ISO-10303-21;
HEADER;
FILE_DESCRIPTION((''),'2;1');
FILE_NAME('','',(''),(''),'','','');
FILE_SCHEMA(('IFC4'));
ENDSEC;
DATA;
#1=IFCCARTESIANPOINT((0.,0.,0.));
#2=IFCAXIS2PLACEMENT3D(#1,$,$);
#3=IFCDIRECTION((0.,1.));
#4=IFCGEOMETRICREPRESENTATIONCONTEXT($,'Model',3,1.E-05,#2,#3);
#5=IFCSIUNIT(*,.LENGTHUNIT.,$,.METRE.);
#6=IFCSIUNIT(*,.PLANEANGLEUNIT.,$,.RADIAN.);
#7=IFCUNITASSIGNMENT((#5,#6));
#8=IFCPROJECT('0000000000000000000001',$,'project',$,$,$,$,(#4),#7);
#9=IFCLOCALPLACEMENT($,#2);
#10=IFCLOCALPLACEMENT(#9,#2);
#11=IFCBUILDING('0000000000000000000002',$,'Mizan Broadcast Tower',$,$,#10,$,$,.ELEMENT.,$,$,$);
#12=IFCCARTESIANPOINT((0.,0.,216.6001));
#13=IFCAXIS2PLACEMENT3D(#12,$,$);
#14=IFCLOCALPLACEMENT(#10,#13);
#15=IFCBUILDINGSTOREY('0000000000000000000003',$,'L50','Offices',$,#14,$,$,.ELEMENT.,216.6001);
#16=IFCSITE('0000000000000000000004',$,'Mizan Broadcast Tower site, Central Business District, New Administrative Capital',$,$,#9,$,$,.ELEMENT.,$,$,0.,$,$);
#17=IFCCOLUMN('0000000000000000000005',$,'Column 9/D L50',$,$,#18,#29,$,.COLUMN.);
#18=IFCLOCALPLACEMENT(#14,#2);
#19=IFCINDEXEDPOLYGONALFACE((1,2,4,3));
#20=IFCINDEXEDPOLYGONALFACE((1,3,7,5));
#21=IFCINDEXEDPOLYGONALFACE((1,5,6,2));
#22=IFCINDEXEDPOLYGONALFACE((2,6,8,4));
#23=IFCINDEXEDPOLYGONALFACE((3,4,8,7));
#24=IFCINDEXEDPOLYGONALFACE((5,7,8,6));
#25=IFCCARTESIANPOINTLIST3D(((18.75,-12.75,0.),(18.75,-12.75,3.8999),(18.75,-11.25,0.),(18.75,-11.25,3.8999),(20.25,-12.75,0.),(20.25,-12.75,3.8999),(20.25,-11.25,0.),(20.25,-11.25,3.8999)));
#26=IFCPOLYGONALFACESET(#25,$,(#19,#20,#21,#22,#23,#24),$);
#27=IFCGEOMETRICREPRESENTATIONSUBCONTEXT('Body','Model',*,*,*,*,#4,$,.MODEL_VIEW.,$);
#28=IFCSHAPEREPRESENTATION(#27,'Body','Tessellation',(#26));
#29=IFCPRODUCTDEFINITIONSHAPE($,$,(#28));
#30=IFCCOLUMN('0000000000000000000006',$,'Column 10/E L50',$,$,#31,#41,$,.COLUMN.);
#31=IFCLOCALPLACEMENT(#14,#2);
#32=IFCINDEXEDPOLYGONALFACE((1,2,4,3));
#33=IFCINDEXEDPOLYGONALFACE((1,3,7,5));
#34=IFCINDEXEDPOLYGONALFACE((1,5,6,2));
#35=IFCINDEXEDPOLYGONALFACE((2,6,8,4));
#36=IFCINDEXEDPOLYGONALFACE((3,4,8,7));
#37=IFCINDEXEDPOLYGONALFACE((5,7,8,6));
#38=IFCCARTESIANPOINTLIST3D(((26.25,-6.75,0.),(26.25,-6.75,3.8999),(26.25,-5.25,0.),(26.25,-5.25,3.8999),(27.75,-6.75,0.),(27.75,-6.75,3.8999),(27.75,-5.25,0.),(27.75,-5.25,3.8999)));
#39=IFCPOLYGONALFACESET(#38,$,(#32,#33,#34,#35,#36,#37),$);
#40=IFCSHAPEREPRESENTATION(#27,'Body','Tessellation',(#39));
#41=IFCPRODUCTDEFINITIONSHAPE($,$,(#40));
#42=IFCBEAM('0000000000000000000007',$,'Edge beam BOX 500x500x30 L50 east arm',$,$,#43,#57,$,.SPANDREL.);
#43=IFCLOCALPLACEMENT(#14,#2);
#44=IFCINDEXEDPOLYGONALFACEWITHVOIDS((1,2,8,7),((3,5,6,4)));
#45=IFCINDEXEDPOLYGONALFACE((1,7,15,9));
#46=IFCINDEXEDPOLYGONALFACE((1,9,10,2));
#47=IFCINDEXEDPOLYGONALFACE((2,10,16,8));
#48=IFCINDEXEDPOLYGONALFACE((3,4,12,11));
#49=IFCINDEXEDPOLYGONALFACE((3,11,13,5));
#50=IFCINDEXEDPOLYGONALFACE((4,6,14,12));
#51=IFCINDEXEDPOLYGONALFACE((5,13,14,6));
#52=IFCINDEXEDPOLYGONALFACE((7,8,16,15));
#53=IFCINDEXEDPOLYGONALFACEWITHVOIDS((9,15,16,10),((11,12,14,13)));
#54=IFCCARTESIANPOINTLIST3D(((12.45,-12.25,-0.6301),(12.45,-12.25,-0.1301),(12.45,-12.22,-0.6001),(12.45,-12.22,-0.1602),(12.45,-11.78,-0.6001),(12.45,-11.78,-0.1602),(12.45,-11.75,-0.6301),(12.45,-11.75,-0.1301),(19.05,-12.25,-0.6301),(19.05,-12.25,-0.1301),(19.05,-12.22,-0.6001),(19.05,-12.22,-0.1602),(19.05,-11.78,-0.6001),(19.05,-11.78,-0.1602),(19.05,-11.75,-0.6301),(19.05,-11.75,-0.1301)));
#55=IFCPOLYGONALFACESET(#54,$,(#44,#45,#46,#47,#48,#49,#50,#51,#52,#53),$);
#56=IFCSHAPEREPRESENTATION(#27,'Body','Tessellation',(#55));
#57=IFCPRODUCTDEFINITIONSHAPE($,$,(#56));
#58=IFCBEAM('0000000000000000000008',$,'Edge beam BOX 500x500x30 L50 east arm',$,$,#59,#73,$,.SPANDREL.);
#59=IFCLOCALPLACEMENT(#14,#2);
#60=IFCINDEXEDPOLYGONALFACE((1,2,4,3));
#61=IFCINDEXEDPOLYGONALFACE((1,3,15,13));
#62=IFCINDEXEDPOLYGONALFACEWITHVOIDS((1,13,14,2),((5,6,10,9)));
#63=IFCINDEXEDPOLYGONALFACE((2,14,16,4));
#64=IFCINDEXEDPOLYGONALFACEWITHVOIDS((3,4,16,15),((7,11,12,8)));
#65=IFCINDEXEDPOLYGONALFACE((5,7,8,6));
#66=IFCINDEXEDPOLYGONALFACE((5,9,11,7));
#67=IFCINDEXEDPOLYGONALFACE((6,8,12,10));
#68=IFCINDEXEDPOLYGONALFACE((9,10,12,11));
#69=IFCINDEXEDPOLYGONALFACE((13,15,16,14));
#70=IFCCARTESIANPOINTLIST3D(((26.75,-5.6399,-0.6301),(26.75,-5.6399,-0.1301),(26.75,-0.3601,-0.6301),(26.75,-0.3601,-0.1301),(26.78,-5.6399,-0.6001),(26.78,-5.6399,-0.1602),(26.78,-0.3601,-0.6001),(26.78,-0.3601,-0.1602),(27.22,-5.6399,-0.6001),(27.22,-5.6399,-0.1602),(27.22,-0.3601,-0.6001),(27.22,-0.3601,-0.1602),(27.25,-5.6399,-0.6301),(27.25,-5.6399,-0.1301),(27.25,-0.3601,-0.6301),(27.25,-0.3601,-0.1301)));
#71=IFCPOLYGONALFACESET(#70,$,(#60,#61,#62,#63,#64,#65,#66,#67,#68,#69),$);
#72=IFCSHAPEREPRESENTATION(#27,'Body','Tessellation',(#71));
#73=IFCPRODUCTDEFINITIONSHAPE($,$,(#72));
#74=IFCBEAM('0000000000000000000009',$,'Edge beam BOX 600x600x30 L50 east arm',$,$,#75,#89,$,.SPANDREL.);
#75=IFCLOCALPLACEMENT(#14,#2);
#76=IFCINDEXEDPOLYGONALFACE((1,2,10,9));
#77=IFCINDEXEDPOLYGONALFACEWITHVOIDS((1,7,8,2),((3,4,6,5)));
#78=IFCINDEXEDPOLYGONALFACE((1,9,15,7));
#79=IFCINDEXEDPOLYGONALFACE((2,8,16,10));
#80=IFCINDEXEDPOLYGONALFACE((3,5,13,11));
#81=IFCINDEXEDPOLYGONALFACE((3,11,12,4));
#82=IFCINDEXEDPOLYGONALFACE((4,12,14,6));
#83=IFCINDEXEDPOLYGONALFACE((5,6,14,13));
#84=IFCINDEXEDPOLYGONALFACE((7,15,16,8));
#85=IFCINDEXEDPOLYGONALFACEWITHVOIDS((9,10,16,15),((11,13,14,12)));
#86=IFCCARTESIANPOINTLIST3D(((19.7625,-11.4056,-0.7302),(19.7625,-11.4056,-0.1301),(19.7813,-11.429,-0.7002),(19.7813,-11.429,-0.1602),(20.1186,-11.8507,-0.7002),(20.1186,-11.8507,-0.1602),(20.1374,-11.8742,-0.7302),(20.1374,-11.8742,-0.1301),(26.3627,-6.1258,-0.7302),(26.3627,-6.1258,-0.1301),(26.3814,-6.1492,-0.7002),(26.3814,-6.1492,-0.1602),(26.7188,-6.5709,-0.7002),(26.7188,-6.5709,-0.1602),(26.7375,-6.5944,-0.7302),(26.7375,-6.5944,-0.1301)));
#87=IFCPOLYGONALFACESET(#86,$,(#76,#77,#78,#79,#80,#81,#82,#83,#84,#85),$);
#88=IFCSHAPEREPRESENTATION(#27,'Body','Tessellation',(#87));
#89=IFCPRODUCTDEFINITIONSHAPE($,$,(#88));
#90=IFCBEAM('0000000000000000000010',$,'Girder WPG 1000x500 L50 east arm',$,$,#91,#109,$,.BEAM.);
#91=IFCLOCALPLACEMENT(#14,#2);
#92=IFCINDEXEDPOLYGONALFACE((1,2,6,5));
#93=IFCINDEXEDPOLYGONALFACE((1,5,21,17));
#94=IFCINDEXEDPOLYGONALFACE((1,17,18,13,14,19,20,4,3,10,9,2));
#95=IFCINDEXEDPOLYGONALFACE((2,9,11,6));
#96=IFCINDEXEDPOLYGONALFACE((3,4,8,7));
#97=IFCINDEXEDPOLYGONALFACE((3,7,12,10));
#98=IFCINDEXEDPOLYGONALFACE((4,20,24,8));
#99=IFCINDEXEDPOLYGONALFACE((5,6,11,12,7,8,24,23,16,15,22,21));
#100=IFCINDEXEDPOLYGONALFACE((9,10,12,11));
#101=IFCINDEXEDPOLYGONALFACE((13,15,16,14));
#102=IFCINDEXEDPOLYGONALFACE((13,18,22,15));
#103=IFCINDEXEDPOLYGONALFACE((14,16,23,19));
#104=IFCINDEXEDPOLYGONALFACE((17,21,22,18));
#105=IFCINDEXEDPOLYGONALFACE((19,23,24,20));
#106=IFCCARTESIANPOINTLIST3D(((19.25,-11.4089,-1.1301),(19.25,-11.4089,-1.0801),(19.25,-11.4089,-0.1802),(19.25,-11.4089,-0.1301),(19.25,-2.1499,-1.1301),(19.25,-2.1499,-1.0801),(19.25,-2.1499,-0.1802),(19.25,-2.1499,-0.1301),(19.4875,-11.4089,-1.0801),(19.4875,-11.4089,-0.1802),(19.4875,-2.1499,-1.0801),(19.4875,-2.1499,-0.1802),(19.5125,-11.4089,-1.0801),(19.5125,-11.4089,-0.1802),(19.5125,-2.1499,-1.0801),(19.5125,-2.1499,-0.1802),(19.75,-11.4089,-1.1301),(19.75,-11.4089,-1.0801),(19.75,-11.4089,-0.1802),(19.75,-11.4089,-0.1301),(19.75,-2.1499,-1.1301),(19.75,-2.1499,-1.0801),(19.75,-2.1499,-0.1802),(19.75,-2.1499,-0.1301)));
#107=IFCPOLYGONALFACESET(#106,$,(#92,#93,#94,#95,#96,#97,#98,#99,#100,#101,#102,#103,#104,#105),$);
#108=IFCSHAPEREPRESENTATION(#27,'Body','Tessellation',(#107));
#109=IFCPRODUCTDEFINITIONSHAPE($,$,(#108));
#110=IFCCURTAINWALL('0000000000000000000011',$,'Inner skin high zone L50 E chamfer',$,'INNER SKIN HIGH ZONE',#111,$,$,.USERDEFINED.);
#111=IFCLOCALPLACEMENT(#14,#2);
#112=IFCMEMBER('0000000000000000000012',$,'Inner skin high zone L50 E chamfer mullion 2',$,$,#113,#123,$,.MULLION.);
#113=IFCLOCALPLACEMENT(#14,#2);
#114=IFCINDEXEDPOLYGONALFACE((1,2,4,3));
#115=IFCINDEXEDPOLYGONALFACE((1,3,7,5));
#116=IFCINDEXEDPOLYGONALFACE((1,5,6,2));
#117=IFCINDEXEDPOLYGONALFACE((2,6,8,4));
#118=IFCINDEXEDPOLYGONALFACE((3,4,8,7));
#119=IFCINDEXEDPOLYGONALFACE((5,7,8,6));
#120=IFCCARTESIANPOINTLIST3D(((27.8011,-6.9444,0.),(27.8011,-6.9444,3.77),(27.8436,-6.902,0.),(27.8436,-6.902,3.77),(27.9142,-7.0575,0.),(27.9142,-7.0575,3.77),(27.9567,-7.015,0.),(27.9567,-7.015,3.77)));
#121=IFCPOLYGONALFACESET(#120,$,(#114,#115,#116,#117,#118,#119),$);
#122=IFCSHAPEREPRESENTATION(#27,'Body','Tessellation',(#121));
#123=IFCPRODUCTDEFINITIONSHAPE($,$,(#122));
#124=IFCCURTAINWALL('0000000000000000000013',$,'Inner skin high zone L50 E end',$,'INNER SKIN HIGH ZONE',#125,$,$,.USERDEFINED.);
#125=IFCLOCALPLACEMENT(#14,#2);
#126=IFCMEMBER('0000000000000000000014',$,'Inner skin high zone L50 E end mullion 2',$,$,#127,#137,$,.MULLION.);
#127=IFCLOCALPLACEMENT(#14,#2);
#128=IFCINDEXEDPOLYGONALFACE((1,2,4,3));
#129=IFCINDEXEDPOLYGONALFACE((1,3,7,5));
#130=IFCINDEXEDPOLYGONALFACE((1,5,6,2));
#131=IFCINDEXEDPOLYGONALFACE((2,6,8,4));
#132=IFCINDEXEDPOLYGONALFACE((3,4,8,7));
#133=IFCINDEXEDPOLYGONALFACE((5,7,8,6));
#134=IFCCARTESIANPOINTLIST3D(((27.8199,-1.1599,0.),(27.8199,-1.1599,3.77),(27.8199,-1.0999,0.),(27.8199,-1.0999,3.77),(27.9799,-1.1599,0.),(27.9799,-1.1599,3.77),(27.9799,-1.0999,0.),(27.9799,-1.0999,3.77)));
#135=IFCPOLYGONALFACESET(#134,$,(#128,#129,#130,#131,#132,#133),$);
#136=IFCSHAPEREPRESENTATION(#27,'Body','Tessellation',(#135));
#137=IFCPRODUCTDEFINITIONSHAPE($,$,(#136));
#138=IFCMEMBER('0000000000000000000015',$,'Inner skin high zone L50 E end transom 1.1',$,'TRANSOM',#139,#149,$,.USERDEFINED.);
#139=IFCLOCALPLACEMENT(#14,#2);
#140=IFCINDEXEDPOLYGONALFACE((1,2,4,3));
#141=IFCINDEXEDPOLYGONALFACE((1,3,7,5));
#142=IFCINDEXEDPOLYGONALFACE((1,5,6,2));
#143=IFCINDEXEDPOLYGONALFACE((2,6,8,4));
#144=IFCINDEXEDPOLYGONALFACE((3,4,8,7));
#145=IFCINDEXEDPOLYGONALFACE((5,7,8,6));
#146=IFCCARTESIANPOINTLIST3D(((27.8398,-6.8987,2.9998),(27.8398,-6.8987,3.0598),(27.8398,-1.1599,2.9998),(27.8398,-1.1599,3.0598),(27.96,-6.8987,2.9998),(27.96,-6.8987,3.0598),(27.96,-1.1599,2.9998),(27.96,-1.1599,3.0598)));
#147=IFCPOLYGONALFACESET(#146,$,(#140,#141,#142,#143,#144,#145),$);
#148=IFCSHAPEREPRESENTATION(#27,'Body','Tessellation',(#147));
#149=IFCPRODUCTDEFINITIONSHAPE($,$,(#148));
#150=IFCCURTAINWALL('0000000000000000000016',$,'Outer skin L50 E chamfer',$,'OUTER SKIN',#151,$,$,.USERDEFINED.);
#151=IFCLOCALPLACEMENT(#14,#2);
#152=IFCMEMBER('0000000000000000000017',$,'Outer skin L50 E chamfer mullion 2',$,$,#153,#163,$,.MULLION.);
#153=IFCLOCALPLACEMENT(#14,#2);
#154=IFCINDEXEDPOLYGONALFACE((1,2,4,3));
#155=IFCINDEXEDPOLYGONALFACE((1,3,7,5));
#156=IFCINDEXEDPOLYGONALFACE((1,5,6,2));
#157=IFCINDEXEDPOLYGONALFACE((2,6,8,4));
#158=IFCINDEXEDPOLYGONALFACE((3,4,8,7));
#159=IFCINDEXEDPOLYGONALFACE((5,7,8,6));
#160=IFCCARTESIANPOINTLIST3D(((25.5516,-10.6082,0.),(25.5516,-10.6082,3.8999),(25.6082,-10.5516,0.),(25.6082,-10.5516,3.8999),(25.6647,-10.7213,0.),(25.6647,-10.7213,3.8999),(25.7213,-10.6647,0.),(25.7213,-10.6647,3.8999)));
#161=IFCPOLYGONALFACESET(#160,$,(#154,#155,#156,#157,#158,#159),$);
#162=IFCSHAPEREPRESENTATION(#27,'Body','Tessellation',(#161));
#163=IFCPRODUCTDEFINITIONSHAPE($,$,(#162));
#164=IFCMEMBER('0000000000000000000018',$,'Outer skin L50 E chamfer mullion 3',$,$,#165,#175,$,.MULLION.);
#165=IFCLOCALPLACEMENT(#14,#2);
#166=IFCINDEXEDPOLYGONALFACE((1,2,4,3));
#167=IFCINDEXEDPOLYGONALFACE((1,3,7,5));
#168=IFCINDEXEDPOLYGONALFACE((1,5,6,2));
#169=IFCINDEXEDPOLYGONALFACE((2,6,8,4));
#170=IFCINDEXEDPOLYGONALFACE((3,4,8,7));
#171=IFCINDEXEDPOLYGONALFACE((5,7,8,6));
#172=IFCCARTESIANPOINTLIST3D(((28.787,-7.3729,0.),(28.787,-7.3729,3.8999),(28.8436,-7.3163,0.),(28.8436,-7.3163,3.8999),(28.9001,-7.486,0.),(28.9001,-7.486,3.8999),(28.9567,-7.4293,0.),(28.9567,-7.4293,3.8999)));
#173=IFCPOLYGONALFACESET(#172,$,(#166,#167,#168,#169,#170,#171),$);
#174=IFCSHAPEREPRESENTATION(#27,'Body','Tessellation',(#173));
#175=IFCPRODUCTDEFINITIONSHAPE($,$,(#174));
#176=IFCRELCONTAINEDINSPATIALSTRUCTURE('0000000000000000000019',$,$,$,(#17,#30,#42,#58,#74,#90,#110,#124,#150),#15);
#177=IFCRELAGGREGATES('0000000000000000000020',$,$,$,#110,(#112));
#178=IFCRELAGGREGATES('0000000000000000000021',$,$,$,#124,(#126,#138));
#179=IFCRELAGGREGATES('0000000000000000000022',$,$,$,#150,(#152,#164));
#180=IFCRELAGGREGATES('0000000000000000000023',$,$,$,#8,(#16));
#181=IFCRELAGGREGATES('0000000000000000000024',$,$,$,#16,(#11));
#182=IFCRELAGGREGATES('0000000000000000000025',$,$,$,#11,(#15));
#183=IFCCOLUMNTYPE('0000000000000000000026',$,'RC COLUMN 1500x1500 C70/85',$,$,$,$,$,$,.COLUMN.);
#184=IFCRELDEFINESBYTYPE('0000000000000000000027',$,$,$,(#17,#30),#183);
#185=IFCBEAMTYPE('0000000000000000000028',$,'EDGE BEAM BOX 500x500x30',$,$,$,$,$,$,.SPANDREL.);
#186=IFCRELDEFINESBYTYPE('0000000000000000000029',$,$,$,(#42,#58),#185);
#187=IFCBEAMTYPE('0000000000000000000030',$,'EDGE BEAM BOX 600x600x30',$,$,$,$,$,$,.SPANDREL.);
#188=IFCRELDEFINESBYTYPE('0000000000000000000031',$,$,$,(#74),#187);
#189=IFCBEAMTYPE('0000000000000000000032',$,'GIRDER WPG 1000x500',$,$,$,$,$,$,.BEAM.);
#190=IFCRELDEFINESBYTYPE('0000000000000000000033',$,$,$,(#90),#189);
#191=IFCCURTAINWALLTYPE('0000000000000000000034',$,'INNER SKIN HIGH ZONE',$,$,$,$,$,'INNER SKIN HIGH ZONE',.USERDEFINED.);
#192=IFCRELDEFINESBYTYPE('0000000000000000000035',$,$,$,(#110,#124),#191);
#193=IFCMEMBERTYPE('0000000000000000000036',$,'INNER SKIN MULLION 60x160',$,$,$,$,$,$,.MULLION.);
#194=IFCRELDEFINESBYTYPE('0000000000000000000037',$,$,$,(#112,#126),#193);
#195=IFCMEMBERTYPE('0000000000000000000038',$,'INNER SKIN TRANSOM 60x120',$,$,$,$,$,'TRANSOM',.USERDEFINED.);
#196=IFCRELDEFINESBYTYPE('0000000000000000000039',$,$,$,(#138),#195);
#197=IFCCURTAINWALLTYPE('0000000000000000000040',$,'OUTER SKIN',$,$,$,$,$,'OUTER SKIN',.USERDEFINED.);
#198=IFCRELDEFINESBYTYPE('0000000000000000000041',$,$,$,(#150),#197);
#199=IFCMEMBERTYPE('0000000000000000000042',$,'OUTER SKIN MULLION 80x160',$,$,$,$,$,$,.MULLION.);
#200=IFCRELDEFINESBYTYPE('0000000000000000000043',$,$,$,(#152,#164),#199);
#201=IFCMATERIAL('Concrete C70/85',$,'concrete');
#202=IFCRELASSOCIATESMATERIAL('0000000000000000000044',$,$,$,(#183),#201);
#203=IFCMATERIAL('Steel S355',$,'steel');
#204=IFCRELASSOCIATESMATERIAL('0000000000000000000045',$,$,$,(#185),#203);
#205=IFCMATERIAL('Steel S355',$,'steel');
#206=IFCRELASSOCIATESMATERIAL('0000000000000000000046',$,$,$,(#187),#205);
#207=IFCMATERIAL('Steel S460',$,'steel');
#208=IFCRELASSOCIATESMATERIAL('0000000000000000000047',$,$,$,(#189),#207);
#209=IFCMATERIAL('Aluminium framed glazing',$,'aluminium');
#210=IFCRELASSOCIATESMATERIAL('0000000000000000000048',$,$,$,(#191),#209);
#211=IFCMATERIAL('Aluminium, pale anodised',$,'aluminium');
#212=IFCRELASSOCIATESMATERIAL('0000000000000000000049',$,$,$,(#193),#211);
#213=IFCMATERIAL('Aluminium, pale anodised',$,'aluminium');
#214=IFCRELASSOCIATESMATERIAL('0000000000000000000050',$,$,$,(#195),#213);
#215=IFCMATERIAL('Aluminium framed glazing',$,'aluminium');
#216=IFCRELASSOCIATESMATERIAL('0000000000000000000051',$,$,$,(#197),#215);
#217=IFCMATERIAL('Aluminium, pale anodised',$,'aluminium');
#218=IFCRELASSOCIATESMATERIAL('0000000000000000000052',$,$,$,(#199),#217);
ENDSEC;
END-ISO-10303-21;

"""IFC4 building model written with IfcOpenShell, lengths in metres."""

from ifc_helpers import new_model, si_unit, direction, frame, origin, origin_2d, place, context, subcontext, project, spatial, rectangle, hollow_rectangle, i_section, extrude, material, material_profile, profile_set, type_object, element, aggregate, save


model = new_model("IFC4")

# Units and contexts
model_context = context("Model", 3, precision=1e-05, world=origin(), true_north=direction((0.0, 1.0)))
body_context = subcontext(model_context, "Body", "Model", "MODEL_VIEW")
ifc_project = project(units=[si_unit("LENGTHUNIT", "METRE"), si_unit("PLANEANGLEUNIT", "RADIAN")], contexts=[model_context])

# Site, building, storey
site_placement = place(None, origin())
site = spatial("IfcSite", under=ifc_project, at=site_placement, Name="Mizan Broadcast Tower site, Central Business District, New Administrative Capital", CompositionType="ELEMENT", RefElevation=0.0)
building_placement = place(site_placement, origin())
building = spatial("IfcBuilding", under=site, at=building_placement, Name="Mizan Broadcast Tower", CompositionType="ELEMENT")
storey_placement = place(building_placement, frame((0.0, 0.0, 216.6001)))
storey = spatial("IfcBuildingStorey", under=building, at=storey_placement, Name="L50", Description="Offices", CompositionType="ELEMENT", Elevation=216.6001)

# Columns
ifc_material_1 = material(Name="Concrete C70/85", Category="concrete")
ifc_material_profile_1 = material_profile(ifc_material_1, rectangle(XDim=1.5, YDim=1.5, at=origin_2d()), Name="RC 1500x1500")
ifc_profile_set_1 = profile_set([ifc_material_profile_1], Name="Concrete C70/85")
column_type = type_object("IfcColumnType", Name="RC COLUMN 1500x1500 C70/85", PredefinedType="COLUMN", material=ifc_profile_set_1)
for number, where, z_axis, x_axis, name in (
    (1, (19.5, -12.0, 0.0), (0.0, 0.0, 1.0), (1.0, 0.0, 0.0), "Column 9/D L50"),
    (2, (27.0, -6.0, 0.0), (0.0, 0.0, 1.0), (1.0, 0.0, 0.0), "Column 10/E L50"),
):
    element("IfcColumn", number, at=place(storey_placement, frame(where, z_axis=z_axis, x_axis=x_axis)), inside=storey, type_object=column_type, Name=name, PredefinedType="COLUMN", context=body_context, shape_type="SweptSolid", body=[
        extrude(rectangle(XDim=1.5, YDim=1.5, at=origin_2d()), origin(), (0.0, 0.0, 1.0), 3.8999),
    ])

# Beams
ifc_material_2 = material(Name="Steel S355", Category="steel")
ifc_material_profile_2 = material_profile(ifc_material_2, hollow_rectangle(XDim=0.5, YDim=0.5, WallThickness=0.03, at=origin_2d()), Name="BOX 500x500x30")
ifc_profile_set_2 = profile_set([ifc_material_profile_2], Name="Steel S355")
beam_type_1 = type_object("IfcBeamType", Name="EDGE BEAM BOX 500x500x30", PredefinedType="SPANDREL", material=ifc_profile_set_2)
beam_1_placement = place(storey_placement, frame((12.45, -12.0, -0.3801), z_axis=(1.0, 0.0, 0.0), x_axis=(0.0, 1.0, 0.0)))
element("IfcBeam", 3, at=beam_1_placement, inside=storey, type_object=beam_type_1, Name="Edge beam BOX 500x500x30 L50 east arm", PredefinedType="SPANDREL", context=body_context, shape_type="SweptSolid", body=[
    extrude(hollow_rectangle(XDim=0.5, YDim=0.5, WallThickness=0.03, at=origin_2d()), origin(), (0.0, 0.0, 1.0), 6.6001),
])
beam_2_placement = place(storey_placement, frame((27.0, -5.6399, -0.3801), z_axis=(0.0, 1.0, 0.0), x_axis=(-1.0, 0.0, 0.0)))
element("IfcBeam", 4, at=beam_2_placement, inside=storey, type_object=beam_type_1, Name="Edge beam BOX 500x500x30 L50 east arm", PredefinedType="SPANDREL", context=body_context, shape_type="SweptSolid", body=[
    extrude(hollow_rectangle(XDim=0.5, YDim=0.5, WallThickness=0.03, at=origin_2d()), origin(), (0.0, 0.0, 1.0), 5.2798),
])
ifc_material_3 = material(Name="Steel S355", Category="steel")
ifc_material_profile_3 = material_profile(ifc_material_3, hollow_rectangle(XDim=0.6001, YDim=0.6001, WallThickness=0.03, at=origin_2d()), Name="BOX 600x600x30")
ifc_profile_set_3 = profile_set([ifc_material_profile_3], Name="Steel S355")
beam_type_2 = type_object("IfcBeamType", Name="EDGE BEAM BOX 600x600x30", PredefinedType="SPANDREL", material=ifc_profile_set_3)
beam_3_placement = place(storey_placement, frame((19.95, -11.6399, -0.4302), z_axis=(0.780886, 0.624674, 0.0), x_axis=(-0.624674, 0.780886, 0.0)))
element("IfcBeam", 5, at=beam_3_placement, inside=storey, type_object=beam_type_2, Name="Edge beam BOX 600x600x30 L50 east arm", PredefinedType="SPANDREL", context=body_context, shape_type="SweptSolid", body=[
    extrude(hollow_rectangle(XDim=0.6001, YDim=0.6001, WallThickness=0.03, at=origin_2d()), origin(), (0.0, 0.0, 1.0), 8.4521),
])
ifc_material_4 = material(Name="Steel S460", Category="steel")
ifc_material_profile_4 = material_profile(ifc_material_4, i_section(OverallWidth=0.5, OverallDepth=1.0, WebThickness=0.0249, FlangeThickness=0.05, at=origin_2d()), Name="WPG 1000x500")
ifc_profile_set_4 = profile_set([ifc_material_profile_4], Name="Steel S460")
beam_type_3 = type_object("IfcBeamType", Name="GIRDER WPG 1000x500", PredefinedType="BEAM", material=ifc_profile_set_4)
beam_4_placement = place(storey_placement, frame((19.5, -11.4089, -0.6301), z_axis=(0.0, 1.0, 0.0), x_axis=(-1.0, 0.0, 0.0)))
element("IfcBeam", 6, at=beam_4_placement, inside=storey, type_object=beam_type_3, Name="Girder WPG 1000x500 L50 east arm", PredefinedType="BEAM", context=body_context, shape_type="SweptSolid", body=[
    extrude(i_section(OverallWidth=0.5, OverallDepth=1.0, WebThickness=0.0249, FlangeThickness=0.05, at=origin_2d()), origin(), (0.0, 0.0, 1.0), 9.259),
])

# Curtain wall, member
ifc_material_5 = material(Name="Aluminium framed glazing", Category="aluminium")
curtain_wall_type_1 = type_object("IfcCurtainWallType", Name="INNER SKIN HIGH ZONE", ElementType="INNER SKIN HIGH ZONE", PredefinedType="USERDEFINED", material=ifc_material_5)
curtain_wall_1_placement = place(storey_placement, origin())
curtain_wall_1 = element("IfcCurtainWall", 7, at=curtain_wall_1_placement, inside=storey, type_object=curtain_wall_type_1, Name="Inner skin high zone L50 E chamfer", ObjectType="INNER SKIN HIGH ZONE", PredefinedType="USERDEFINED")
ifc_material_6 = material(Name="Aluminium, pale anodised", Category="aluminium")
ifc_material_profile_5 = material_profile(ifc_material_6, rectangle(XDim=0.1599, YDim=0.0601, at=origin_2d()), Name="MULLION 160x60")
ifc_profile_set_5 = profile_set([ifc_material_profile_5], Name="Aluminium, pale anodised")
member_type_1 = type_object("IfcMemberType", Name="INNER SKIN MULLION 60x160", PredefinedType="MULLION", material=ifc_profile_set_5)
member_1_placement = place(storey_placement, frame((27.8789, -6.9797, 0.0), z_axis=(0.0, 0.0, 1.0), x_axis=(-0.707107, 0.707107, 0.0)))
member_1 = element("IfcMember", 8, at=member_1_placement, type_object=member_type_1, Name="Inner skin high zone L50 E chamfer mullion 2", PredefinedType="MULLION", context=body_context, shape_type="SweptSolid", body=[
    extrude(rectangle(XDim=0.1599, YDim=0.0601, at=origin_2d()), origin(), (0.0, 0.0, 1.0), 3.77),
])

# Curtain walls, members
curtain_wall_2_placement = place(storey_placement, origin())
curtain_wall_2 = element("IfcCurtainWall", 9, at=curtain_wall_2_placement, inside=storey, type_object=curtain_wall_type_1, Name="Inner skin high zone L50 E end", ObjectType="INNER SKIN HIGH ZONE", PredefinedType="USERDEFINED")
member_2_placement = place(storey_placement, frame((27.8999, -1.1299, 0.0), z_axis=(0.0, 0.0, 1.0), x_axis=(-1.0, 0.0, 0.0)))
member_2 = element("IfcMember", 10, at=member_2_placement, type_object=member_type_1, Name="Inner skin high zone L50 E end mullion 2", PredefinedType="MULLION", context=body_context, shape_type="SweptSolid", body=[
    extrude(rectangle(XDim=0.1599, YDim=0.0601, at=origin_2d()), origin(), (0.0, 0.0, 1.0), 3.77),
])
ifc_material_7 = material(Name="Aluminium, pale anodised", Category="aluminium")
ifc_material_profile_6 = material_profile(ifc_material_7, rectangle(XDim=0.1201, YDim=0.0601, at=origin_2d()), Name="TRANSOM 120x60")
ifc_profile_set_6 = profile_set([ifc_material_profile_6], Name="Aluminium, pale anodised")
member_type_2 = type_object("IfcMemberType", Name="INNER SKIN TRANSOM 60x120", ElementType="TRANSOM", PredefinedType="USERDEFINED", material=ifc_profile_set_6)
member_3_placement = place(storey_placement, frame((27.8999, -6.8987, 3.0298), z_axis=(0.0, 1.0, 0.0), x_axis=(-1.0, 0.0, 0.0)))
member_3 = element("IfcMember", 11, at=member_3_placement, type_object=member_type_2, Name="Inner skin high zone L50 E end transom 1.1", ObjectType="TRANSOM", PredefinedType="USERDEFINED", context=body_context, shape_type="SweptSolid", body=[
    extrude(rectangle(XDim=0.1201, YDim=0.0601, at=origin_2d()), origin(), (0.0, 0.0, 1.0), 5.7388),
])
ifc_material_8 = material(Name="Aluminium framed glazing", Category="aluminium")
curtain_wall_type_2 = type_object("IfcCurtainWallType", Name="OUTER SKIN", ElementType="OUTER SKIN", PredefinedType="USERDEFINED", material=ifc_material_8)
curtain_wall_3_placement = place(storey_placement, origin())
curtain_wall_3 = element("IfcCurtainWall", 12, at=curtain_wall_3_placement, inside=storey, type_object=curtain_wall_type_2, Name="Outer skin L50 E chamfer", ObjectType="OUTER SKIN", PredefinedType="USERDEFINED")
ifc_material_9 = material(Name="Aluminium, pale anodised", Category="aluminium")
ifc_material_profile_7 = material_profile(ifc_material_9, rectangle(XDim=0.1599, YDim=0.0801, at=origin_2d()), Name="MULLION 160x80")
ifc_profile_set_7 = profile_set([ifc_material_profile_7], Name="Aluminium, pale anodised")
member_type_3 = type_object("IfcMemberType", Name="OUTER SKIN MULLION 80x160", PredefinedType="MULLION", material=ifc_profile_set_7)
member_4_placement = place(storey_placement, frame((25.6365, -10.6365, 0.0), z_axis=(0.0, 0.0, 1.0), x_axis=(-0.707107, 0.707107, 0.0)))
member_4 = element("IfcMember", 13, at=member_4_placement, type_object=member_type_3, Name="Outer skin L50 E chamfer mullion 2", PredefinedType="MULLION", context=body_context, shape_type="SweptSolid", body=[
    extrude(rectangle(XDim=0.1599, YDim=0.0801, at=origin_2d()), origin(), (0.0, 0.0, 1.0), 3.8999),
])
member_5_placement = place(storey_placement, frame((28.8718, -7.4011, 0.0), z_axis=(0.0, 0.0, 1.0), x_axis=(-0.707107, 0.707107, 0.0)))
member_5 = element("IfcMember", 14, at=member_5_placement, type_object=member_type_3, Name="Outer skin L50 E chamfer mullion 3", PredefinedType="MULLION", context=body_context, shape_type="SweptSolid", body=[
    extrude(rectangle(XDim=0.1599, YDim=0.0801, at=origin_2d()), origin(), (0.0, 0.0, 1.0), 3.8999),
])

aggregate(curtain_wall_1, [member_1])
aggregate(curtain_wall_2, [member_2, member_3])
aggregate(curtain_wall_3, [member_4, member_5])

save(model, "model.ifc")
